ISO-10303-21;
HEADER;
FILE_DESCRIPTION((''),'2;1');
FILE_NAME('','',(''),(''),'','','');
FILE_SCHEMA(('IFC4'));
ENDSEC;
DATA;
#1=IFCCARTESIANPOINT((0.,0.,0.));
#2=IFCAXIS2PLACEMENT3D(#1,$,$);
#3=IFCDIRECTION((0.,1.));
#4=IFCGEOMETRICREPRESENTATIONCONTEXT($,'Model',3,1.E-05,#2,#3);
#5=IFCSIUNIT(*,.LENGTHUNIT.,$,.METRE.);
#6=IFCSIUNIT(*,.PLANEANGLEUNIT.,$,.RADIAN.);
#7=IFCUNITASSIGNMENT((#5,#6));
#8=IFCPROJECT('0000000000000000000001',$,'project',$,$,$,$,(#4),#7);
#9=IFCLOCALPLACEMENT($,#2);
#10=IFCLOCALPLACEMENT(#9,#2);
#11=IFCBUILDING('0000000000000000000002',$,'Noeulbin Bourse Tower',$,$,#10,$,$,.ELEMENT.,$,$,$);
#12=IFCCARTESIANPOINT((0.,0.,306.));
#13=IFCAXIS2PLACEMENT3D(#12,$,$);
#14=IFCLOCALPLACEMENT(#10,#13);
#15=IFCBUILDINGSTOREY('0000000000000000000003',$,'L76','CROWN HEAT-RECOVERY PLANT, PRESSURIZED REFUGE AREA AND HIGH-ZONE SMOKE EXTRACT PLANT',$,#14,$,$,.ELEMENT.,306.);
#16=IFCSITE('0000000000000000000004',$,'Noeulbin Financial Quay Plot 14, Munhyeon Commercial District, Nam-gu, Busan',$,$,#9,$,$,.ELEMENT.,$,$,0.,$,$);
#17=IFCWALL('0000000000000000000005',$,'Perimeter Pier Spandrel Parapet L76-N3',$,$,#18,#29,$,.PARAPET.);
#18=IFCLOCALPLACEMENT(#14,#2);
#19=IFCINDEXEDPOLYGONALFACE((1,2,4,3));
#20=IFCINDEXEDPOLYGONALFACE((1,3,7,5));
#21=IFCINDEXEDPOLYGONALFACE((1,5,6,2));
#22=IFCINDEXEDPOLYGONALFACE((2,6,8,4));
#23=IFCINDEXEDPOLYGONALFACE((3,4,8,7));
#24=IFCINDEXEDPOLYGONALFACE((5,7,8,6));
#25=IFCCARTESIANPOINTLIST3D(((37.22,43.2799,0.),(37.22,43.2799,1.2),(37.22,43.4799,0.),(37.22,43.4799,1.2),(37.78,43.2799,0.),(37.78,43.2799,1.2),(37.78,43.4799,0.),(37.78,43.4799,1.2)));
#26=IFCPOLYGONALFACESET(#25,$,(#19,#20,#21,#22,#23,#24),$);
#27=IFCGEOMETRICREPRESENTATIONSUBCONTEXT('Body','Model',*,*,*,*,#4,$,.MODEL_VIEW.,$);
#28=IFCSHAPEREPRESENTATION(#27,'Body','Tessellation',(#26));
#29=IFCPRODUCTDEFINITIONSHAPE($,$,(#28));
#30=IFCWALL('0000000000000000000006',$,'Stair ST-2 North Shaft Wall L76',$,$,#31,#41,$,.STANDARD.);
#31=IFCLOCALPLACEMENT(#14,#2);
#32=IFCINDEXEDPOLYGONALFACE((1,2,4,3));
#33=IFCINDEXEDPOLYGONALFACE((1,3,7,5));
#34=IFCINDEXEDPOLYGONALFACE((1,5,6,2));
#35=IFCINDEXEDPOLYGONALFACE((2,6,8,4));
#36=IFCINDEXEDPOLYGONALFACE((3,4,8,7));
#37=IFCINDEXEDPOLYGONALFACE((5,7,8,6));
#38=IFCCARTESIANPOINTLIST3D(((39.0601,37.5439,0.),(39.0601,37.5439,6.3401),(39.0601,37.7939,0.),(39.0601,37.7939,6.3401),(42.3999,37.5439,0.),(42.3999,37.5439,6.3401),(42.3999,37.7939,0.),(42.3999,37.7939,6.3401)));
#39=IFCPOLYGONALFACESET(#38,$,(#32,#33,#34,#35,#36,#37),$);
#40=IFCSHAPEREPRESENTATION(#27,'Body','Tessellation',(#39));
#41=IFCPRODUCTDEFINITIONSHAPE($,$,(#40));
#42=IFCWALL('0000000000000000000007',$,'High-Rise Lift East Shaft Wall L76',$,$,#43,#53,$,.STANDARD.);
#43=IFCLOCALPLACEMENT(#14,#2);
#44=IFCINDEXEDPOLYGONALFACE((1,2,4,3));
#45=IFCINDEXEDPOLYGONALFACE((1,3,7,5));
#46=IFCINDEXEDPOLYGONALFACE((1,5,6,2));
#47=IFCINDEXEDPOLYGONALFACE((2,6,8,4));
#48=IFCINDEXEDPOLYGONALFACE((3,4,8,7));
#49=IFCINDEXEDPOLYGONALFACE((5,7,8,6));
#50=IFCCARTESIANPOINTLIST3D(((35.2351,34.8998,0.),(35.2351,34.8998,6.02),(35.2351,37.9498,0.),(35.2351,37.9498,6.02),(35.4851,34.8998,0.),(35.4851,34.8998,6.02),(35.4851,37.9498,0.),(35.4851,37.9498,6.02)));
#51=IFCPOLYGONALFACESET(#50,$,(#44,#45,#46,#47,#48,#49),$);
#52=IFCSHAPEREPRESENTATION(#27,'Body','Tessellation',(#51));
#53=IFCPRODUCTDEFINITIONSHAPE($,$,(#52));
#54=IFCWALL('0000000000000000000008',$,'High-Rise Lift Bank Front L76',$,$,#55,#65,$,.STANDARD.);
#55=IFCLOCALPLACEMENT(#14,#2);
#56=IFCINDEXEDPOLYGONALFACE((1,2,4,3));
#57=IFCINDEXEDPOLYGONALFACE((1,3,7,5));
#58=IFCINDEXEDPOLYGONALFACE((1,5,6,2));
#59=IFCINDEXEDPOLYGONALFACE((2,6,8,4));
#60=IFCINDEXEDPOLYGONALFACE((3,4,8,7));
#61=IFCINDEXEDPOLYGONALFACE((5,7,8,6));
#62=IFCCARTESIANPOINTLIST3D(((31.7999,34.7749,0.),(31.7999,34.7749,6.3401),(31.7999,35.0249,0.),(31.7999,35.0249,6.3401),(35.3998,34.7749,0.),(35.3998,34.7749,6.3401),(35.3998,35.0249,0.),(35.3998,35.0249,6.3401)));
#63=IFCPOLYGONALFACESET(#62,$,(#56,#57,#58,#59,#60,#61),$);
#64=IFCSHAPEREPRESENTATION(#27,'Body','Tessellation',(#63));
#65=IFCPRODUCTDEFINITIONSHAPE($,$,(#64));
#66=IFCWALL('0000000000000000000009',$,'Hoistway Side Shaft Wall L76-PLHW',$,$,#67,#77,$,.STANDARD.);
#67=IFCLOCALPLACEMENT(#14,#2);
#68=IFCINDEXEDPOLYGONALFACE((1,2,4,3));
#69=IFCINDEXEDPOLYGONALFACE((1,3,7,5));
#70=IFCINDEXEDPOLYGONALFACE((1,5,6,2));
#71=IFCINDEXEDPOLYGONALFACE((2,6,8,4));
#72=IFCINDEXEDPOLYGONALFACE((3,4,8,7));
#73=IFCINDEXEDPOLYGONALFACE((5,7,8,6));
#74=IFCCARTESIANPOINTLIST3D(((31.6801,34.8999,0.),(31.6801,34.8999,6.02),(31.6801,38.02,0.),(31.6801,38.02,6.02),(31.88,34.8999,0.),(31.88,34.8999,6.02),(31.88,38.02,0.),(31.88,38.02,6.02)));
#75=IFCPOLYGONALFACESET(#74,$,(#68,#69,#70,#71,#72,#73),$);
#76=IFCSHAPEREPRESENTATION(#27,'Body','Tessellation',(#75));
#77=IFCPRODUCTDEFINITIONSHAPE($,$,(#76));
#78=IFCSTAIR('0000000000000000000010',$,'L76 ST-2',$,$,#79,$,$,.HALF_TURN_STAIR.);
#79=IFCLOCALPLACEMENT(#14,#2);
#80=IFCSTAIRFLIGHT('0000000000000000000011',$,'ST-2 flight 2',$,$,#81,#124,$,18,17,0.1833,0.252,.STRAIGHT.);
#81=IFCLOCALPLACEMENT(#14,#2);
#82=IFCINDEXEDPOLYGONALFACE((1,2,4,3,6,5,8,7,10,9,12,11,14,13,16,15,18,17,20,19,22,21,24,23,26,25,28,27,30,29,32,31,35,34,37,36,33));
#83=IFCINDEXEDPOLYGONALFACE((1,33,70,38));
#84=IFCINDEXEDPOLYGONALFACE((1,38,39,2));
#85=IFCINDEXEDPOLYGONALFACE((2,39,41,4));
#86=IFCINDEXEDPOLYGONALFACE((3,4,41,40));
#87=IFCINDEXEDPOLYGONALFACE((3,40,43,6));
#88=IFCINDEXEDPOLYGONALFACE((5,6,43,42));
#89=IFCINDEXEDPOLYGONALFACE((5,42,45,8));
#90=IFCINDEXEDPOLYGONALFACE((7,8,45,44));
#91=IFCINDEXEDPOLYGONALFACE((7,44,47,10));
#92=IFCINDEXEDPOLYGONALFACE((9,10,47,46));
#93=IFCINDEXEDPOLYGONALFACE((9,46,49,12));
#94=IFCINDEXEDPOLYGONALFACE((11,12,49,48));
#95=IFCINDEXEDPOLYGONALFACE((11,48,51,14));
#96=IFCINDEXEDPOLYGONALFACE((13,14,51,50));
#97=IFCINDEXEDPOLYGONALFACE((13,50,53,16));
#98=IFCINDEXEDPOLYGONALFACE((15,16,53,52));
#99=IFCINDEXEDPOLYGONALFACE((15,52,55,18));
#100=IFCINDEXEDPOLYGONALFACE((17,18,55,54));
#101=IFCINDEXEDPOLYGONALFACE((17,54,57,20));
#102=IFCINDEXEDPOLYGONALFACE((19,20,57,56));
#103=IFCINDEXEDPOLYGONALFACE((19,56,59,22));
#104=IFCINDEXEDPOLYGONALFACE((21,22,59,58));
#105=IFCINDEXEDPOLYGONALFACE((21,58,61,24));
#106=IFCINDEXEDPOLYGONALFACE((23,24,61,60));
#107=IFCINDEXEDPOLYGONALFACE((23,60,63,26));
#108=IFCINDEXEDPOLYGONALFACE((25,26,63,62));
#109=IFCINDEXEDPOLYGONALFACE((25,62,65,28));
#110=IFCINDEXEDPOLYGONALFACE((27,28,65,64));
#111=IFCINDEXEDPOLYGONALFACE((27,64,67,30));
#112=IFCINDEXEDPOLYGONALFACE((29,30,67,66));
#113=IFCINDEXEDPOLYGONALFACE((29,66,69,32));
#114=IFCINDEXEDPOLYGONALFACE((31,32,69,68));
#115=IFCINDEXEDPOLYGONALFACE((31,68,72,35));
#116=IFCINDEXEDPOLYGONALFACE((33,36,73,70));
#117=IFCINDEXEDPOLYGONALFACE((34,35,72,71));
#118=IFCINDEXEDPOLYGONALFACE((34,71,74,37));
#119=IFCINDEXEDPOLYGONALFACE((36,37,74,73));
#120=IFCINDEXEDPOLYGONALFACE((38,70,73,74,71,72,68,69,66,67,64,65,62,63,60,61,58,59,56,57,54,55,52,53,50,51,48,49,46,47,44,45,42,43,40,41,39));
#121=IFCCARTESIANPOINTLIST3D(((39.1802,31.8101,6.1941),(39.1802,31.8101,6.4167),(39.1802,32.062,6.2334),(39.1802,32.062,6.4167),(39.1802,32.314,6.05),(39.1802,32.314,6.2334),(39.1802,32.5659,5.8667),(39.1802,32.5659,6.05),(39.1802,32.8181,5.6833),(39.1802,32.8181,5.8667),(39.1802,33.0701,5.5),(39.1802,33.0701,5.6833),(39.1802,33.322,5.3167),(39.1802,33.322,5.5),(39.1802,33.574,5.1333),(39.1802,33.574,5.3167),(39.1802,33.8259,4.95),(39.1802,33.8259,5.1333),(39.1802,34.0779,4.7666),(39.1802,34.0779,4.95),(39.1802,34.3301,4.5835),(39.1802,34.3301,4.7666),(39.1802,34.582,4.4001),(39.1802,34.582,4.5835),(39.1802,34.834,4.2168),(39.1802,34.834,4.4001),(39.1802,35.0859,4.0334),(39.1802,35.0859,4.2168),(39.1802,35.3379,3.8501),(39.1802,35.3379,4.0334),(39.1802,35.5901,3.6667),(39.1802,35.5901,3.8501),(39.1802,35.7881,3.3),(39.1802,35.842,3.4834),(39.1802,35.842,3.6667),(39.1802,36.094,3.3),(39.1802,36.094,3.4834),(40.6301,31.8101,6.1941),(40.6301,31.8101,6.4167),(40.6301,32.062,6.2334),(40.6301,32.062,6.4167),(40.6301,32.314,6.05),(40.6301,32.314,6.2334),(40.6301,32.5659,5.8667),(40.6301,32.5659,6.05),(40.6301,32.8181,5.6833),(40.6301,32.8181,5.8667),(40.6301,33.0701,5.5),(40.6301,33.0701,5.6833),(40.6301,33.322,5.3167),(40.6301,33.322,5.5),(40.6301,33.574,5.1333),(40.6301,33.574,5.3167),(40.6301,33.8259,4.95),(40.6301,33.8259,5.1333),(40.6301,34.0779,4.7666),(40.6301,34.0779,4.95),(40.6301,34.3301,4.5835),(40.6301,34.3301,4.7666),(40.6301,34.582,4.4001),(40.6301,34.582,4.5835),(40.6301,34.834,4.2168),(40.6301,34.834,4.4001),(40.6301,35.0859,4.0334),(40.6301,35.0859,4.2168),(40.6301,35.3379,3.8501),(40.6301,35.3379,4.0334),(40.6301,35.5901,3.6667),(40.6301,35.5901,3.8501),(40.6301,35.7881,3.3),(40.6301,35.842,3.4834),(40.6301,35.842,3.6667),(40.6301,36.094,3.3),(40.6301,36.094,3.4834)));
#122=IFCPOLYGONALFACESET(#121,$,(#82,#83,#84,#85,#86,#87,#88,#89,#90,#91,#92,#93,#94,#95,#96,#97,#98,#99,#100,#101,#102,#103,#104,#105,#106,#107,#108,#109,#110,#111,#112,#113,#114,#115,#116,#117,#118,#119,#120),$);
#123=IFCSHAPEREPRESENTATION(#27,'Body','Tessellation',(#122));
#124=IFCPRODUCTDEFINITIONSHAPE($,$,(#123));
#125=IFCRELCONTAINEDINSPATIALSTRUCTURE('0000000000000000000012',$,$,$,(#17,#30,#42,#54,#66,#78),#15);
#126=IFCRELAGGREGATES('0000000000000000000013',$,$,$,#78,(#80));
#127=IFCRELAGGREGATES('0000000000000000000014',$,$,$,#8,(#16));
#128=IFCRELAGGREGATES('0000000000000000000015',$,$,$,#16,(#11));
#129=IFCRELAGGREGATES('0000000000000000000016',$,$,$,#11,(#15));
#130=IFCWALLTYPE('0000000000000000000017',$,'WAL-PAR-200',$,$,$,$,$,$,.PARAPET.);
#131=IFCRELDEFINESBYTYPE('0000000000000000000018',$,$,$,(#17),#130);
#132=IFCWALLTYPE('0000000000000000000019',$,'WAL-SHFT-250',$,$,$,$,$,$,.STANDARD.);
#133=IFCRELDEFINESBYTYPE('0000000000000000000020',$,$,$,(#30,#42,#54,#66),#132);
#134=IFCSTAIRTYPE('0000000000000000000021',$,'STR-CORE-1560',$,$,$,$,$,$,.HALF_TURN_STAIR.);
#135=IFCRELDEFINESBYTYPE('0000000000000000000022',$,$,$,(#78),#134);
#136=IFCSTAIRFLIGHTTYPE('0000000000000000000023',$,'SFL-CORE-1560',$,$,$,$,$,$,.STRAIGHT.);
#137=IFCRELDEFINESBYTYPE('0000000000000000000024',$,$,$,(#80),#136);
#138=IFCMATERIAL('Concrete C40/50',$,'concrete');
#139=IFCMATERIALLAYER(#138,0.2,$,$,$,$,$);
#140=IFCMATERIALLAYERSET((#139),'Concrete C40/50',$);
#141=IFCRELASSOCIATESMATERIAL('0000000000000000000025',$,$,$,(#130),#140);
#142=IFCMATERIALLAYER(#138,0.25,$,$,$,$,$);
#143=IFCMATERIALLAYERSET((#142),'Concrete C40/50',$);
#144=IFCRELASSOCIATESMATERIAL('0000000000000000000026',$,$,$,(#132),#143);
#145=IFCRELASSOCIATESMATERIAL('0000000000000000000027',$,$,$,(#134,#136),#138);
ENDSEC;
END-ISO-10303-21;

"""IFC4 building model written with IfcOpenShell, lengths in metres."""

from ifc_helpers import new_model, si_unit, direction, frame, frame_2d, origin, place, context, subcontext, project, spatial, polyline, rectangle, outline, extrude, material, layer, layer_set, type_object, element, aggregate, save


model = new_model("IFC4")

# Units and contexts
model_context = context("Model", 3, precision=1e-05, world=origin(), true_north=direction((0.0, 1.0)))
body_context = subcontext(model_context, "Body", "Model", "MODEL_VIEW")
ifc_project = project(units=[si_unit("LENGTHUNIT", "METRE"), si_unit("PLANEANGLEUNIT", "RADIAN")], contexts=[model_context])

# Site, building, storey
site_placement = place(None, origin())
site = spatial("IfcSite", under=ifc_project, at=site_placement, Name="Noeulbin Financial Quay Plot 14, Munhyeon Commercial District, Nam-gu, Busan", CompositionType="ELEMENT", RefElevation=0.0)
building_placement = place(site_placement, origin())
building = spatial("IfcBuilding", under=site, at=building_placement, Name="Noeulbin Bourse Tower", CompositionType="ELEMENT")
storey_placement = place(building_placement, frame((0.0, 0.0, 306.0)))
storey = spatial("IfcBuildingStorey", under=building, at=storey_placement, Name="L76", Description="CROWN HEAT-RECOVERY PLANT, PRESSURIZED REFUGE AREA AND HIGH-ZONE SMOKE EXTRACT PLANT", CompositionType="ELEMENT", Elevation=306.0)

# Walls
ifc_material_1 = material(Name="Concrete C40/50", Category="concrete")
ifc_layer_1 = layer(ifc_material_1, 0.2)
ifc_layer_set_1 = layer_set([ifc_layer_1], Name="Concrete C40/50")
wall_type_1 = type_object("IfcWallType", Name="WAL-PAR-200", PredefinedType="PARAPET", material=ifc_layer_set_1)
wall_1_placement = place(storey_placement, frame((37.22, 43.3799, 0.0), z_axis=(0.0, 0.0, 1.0), x_axis=(1.0, 0.0, 0.0)))
element("IfcWall", 1, at=wall_1_placement, inside=storey, type_object=wall_type_1, Name="Perimeter Pier Spandrel Parapet L76-N3", PredefinedType="PARAPET", context=body_context, shape_type="SweptSolid", body=[
    extrude(rectangle(XDim=0.5601, YDim=0.2, at=frame_2d((0.28, 0.0))), origin(), (0.0, 0.0, 1.0), 1.2),
])
ifc_layer_2 = layer(ifc_material_1, 0.25)
ifc_layer_set_2 = layer_set([ifc_layer_2], Name="Concrete C40/50")
wall_type_2 = type_object("IfcWallType", Name="WAL-SHFT-250", PredefinedType="STANDARD", material=ifc_layer_set_2)
wall_2_placement = place(storey_placement, frame((39.0601, 37.6689, 0.0), z_axis=(0.0, 0.0, 1.0), x_axis=(1.0, 0.0, 0.0)))
element("IfcWall", 2, at=wall_2_placement, inside=storey, type_object=wall_type_2, Name="Stair ST-2 North Shaft Wall L76", PredefinedType="STANDARD", context=body_context, shape_type="SweptSolid", body=[
    extrude(rectangle(XDim=3.3398, YDim=0.25, at=frame_2d((1.6699, 0.0))), origin(), (0.0, 0.0, 1.0), 6.3401),
])
wall_3_placement = place(storey_placement, frame((35.3601, 34.8999, 0.0), z_axis=(0.0, 0.0, 1.0), x_axis=(0.0, 1.0, 0.0)))
element("IfcWall", 3, at=wall_3_placement, inside=storey, type_object=wall_type_2, Name="High-Rise Lift East Shaft Wall L76", PredefinedType="STANDARD", context=body_context, shape_type="SweptSolid", body=[
    extrude(rectangle(XDim=3.05, YDim=0.25, at=frame_2d((1.5249, 0.0))), origin(), (0.0, 0.0, 1.0), 6.02),
])
wall_4_placement = place(storey_placement, frame((31.8, 34.8999, 0.0), z_axis=(0.0, 0.0, 1.0), x_axis=(1.0, 0.0, 0.0)))
element("IfcWall", 4, at=wall_4_placement, inside=storey, type_object=wall_type_2, Name="High-Rise Lift Bank Front L76", PredefinedType="STANDARD", context=body_context, shape_type="SweptSolid", body=[
    extrude(rectangle(XDim=3.5999, YDim=0.25, at=frame_2d((1.7998, 0.0))), origin(), (0.0, 0.0, 1.0), 6.3401),
])
wall_5_placement = place(storey_placement, frame((31.78, 34.8999, 0.0), z_axis=(0.0, 0.0, 1.0), x_axis=(0.0, 1.0, 0.0)))
element("IfcWall", 5, at=wall_5_placement, inside=storey, type_object=wall_type_2, Name="Hoistway Side Shaft Wall L76-PLHW", PredefinedType="STANDARD", context=body_context, shape_type="SweptSolid", body=[
    extrude(rectangle(XDim=3.1201, YDim=0.2, at=frame_2d((1.5601, 0.0))), origin(), (0.0, 0.0, 1.0), 6.02),
])

# Stair, stair flight
stair_type = type_object("IfcStairType", Name="STR-CORE-1560", PredefinedType="HALF_TURN_STAIR", material=ifc_material_1)
stair_placement = place(storey_placement, origin())
stair = element("IfcStair", 6, at=stair_placement, inside=storey, type_object=stair_type, Name="L76 ST-2", PredefinedType="HALF_TURN_STAIR")
stair_flight_type = type_object("IfcStairFlightType", Name="SFL-CORE-1560", PredefinedType="STRAIGHT", material=ifc_material_1)
stair_flight_placement = place(storey_placement, frame((39.905, 36.094, 3.3), z_axis=(0.0, 0.0, 1.0), x_axis=(0.0, -1.0, 0.0)))
stair_flight = element("IfcStairFlight", 7, at=stair_flight_placement, type_object=stair_flight_type, Name="ST-2 flight 2", NumberOfRisers=18, NumberOfTreads=17, PredefinedType="STRAIGHT", RiserHeight=0.1833, TreadLength=0.252, context=body_context, shape_type="SweptSolid", body=[
    extrude(outline(polyline([(0.0, 0.0), (0.0, 0.1833), (0.252, 0.1833), (0.252, 0.3667), (0.5039, 0.3667), (0.5039, 0.55), (0.7561, 0.55), (0.7561, 0.7334), (1.0081, 0.7334), (1.0081, 0.9167), (1.26, 0.9167), (1.26, 1.1001), (1.512, 1.1001), (1.512, 1.2834), (1.7639, 1.2834), (1.7639, 1.4666), (2.0161, 1.4666), (2.0161, 1.6499), (2.2681, 1.6499), (2.2681, 1.8333), (2.52, 1.8333), (2.52, 2.0166), (2.772, 2.0166), (2.772, 2.2), (3.0239, 2.2), (3.0239, 2.3833), (3.2759, 2.3833), (3.2759, 2.5667), (3.5281, 2.5667), (3.5281, 2.75), (3.78, 2.75), (3.78, 2.9333), (4.032, 2.9333), (4.032, 3.1167), (4.2839, 3.1167), (4.2839, 3.3), (4.2839, 2.894), (0.3059, 0.0), (0.0, 0.0)])), frame((0.0, 0.7251, 0.0), z_axis=(0.0, -1.0, 0.0), x_axis=(1.0, 0.0, 0.0)), (0.0, 0.0, 1.0), 1.45),
])
aggregate(stair, [stair_flight])

save(model, "model.ifc")
